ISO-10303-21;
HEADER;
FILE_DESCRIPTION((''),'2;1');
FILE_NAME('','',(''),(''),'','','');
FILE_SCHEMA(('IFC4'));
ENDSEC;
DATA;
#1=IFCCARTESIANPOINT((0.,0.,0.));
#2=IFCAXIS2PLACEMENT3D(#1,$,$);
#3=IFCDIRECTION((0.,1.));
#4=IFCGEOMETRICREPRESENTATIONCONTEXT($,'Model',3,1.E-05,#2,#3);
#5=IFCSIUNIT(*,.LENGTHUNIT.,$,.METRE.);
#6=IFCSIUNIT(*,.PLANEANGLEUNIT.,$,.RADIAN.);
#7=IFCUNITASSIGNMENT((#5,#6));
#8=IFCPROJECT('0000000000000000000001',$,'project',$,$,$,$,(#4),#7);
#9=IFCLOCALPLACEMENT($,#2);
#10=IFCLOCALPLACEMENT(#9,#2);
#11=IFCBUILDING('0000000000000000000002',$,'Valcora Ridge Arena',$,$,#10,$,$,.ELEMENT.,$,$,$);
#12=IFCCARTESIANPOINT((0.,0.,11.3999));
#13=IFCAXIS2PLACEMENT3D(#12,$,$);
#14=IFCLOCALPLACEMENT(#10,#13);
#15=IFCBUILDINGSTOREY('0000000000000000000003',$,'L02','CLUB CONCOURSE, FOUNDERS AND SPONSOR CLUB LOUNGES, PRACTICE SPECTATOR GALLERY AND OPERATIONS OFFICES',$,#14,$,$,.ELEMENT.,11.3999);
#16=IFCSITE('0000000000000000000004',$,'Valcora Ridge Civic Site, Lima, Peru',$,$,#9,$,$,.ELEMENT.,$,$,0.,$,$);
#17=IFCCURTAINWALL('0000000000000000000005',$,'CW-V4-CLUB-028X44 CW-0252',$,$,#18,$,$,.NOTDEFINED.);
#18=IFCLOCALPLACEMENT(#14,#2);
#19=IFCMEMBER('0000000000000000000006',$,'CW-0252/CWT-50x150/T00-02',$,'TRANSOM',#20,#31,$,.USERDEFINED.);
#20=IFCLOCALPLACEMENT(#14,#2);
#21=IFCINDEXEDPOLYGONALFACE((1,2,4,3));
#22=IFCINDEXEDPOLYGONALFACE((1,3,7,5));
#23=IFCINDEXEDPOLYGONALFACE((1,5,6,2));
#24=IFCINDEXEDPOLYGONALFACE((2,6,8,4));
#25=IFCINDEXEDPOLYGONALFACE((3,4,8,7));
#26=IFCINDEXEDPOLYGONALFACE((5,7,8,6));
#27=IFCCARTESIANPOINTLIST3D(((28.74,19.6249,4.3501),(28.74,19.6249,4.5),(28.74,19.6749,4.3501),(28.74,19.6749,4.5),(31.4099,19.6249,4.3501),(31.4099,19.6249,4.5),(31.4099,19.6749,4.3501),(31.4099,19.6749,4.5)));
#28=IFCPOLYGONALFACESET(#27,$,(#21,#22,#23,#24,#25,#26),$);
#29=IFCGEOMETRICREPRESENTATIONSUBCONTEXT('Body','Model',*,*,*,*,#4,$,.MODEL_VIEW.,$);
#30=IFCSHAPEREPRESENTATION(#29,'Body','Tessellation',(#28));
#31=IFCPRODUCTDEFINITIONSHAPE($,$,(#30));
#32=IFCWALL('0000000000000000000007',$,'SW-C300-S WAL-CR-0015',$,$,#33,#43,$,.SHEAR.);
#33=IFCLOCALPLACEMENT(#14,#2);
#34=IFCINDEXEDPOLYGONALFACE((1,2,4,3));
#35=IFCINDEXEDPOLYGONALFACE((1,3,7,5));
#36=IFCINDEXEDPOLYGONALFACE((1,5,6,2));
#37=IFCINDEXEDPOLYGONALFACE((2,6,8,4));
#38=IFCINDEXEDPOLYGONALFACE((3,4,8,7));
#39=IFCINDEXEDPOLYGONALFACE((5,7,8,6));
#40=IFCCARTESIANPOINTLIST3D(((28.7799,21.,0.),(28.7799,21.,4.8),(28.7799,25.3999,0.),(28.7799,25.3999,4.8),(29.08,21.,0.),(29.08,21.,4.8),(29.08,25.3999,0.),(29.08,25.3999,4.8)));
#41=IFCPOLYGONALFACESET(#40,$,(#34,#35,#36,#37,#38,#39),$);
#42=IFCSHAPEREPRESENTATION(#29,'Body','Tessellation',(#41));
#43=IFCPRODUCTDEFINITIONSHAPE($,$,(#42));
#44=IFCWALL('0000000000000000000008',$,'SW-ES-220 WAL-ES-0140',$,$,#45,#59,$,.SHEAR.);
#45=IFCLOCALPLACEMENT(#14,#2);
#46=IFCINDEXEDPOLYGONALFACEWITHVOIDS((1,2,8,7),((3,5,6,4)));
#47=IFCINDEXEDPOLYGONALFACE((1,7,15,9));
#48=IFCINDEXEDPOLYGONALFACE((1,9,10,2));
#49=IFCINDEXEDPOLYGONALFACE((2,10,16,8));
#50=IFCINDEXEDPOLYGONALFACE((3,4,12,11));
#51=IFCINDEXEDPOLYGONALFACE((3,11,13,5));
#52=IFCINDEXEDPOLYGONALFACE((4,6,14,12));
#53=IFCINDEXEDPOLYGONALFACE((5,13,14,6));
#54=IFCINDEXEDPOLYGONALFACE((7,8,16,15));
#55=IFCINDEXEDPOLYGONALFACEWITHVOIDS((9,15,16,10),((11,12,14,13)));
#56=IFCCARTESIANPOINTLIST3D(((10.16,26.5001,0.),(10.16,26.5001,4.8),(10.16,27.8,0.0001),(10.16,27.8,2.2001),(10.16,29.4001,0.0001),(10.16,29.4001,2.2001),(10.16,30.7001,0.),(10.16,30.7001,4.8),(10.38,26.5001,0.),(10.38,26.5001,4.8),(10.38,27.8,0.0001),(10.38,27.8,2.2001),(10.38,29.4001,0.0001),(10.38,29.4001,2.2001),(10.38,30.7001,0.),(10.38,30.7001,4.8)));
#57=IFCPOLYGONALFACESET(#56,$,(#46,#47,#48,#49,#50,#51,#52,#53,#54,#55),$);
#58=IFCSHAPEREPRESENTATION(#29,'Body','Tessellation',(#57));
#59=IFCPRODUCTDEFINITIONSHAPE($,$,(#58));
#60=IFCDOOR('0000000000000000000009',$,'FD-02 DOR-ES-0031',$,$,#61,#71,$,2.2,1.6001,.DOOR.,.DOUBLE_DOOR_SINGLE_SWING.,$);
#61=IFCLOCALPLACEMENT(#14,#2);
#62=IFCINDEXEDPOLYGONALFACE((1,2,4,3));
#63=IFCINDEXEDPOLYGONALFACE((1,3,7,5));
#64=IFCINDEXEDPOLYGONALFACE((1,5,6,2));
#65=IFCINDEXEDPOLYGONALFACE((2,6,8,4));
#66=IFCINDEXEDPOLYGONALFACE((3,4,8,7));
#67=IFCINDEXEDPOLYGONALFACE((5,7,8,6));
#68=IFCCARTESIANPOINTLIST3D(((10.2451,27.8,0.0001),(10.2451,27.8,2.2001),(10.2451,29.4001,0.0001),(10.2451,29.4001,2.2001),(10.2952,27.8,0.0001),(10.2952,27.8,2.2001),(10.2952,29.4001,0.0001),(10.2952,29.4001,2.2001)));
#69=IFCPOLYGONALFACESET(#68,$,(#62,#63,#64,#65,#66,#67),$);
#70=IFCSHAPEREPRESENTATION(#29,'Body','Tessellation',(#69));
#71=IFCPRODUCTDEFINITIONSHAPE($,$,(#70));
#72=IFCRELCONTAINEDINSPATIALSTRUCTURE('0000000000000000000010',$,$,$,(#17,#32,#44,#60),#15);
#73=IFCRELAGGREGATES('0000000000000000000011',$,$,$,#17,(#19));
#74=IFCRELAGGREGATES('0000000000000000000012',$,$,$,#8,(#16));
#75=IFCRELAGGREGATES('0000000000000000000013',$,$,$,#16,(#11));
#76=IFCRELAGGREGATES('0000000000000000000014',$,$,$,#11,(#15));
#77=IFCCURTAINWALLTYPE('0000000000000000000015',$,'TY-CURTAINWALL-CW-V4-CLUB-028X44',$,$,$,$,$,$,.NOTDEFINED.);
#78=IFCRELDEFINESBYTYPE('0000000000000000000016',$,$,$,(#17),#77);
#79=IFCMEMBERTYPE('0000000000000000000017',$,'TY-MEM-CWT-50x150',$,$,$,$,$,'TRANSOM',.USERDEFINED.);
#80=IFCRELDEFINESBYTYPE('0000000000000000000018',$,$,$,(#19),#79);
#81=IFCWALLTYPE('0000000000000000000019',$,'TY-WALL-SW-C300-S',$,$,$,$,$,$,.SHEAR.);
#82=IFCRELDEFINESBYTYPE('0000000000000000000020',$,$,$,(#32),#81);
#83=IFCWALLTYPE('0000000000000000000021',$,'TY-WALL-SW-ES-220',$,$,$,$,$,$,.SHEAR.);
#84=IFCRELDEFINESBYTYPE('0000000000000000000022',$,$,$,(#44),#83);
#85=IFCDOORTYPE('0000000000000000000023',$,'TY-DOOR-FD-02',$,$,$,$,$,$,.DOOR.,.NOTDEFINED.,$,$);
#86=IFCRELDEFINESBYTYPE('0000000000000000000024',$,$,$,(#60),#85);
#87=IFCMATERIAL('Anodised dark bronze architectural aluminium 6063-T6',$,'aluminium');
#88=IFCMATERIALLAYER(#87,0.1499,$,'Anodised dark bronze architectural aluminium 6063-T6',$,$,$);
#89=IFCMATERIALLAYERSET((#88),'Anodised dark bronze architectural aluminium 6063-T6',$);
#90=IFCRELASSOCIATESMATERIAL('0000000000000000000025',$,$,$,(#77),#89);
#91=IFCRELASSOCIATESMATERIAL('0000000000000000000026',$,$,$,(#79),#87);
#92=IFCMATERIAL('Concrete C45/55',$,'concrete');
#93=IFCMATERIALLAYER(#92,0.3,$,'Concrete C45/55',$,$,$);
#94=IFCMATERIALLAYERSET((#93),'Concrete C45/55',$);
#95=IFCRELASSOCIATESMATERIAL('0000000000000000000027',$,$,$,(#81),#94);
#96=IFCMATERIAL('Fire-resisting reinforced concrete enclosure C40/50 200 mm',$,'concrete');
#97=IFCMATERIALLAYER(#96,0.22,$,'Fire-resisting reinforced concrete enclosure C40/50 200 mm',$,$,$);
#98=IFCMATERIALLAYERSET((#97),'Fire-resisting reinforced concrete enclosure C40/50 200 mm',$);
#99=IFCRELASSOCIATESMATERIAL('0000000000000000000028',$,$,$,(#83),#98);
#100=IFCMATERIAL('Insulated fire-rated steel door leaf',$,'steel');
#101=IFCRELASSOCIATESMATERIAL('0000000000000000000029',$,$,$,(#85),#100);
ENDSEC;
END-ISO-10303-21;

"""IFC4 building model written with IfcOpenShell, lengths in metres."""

from ifc_helpers import new_model, si_unit, direction, frame, frame_2d, origin, origin_2d, place, context, subcontext, project, spatial, rectangle, extrude, material, layer, layer_set, material_profile, profile_set, type_object, element, fill, aggregate, save


model = new_model("IFC4")

# Units and contexts
model_context = context("Model", 3, precision=1e-05, world=origin(), true_north=direction((0.0, 1.0)))
body_context = subcontext(model_context, "Body", "Model", "MODEL_VIEW")
ifc_project = project(units=[si_unit("LENGTHUNIT", "METRE"), si_unit("PLANEANGLEUNIT", "RADIAN")], contexts=[model_context])

# Site, building, storey
site_placement = place(None, origin())
site = spatial("IfcSite", under=ifc_project, at=site_placement, Name="Valcora Ridge Civic Site, Lima, Peru", CompositionType="ELEMENT", RefElevation=0.0)
building_placement = place(site_placement, origin())
building = spatial("IfcBuilding", under=site, at=building_placement, Name="Valcora Ridge Arena", CompositionType="ELEMENT")
storey_placement = place(building_placement, frame((0.0, 0.0, 11.3999)))
storey = spatial("IfcBuildingStorey", under=building, at=storey_placement, Name="L02", Description="CLUB CONCOURSE, FOUNDERS AND SPONSOR CLUB LOUNGES, PRACTICE SPECTATOR GALLERY AND OPERATIONS OFFICES", CompositionType="ELEMENT", Elevation=11.3999)

# Curtain wall, member
ifc_material_1 = material(Name="Anodised dark bronze architectural aluminium 6063-T6", Category="aluminium")
ifc_layer_1 = layer(ifc_material_1, 0.1499, Name="Anodised dark bronze architectural aluminium 6063-T6")
ifc_layer_set_1 = layer_set([ifc_layer_1], Name="Anodised dark bronze architectural aluminium 6063-T6")
curtain_wall_type = type_object("IfcCurtainWallType", Name="TY-CURTAINWALL-CW-V4-CLUB-028X44", PredefinedType="NOTDEFINED", material=ifc_layer_set_1)
curtain_wall_placement = place(storey_placement, origin())
curtain_wall = element("IfcCurtainWall", 1, at=curtain_wall_placement, inside=storey, type_object=curtain_wall_type, Name="CW-V4-CLUB-028X44 CW-0252", PredefinedType="NOTDEFINED")
ifc_material_profile_1 = material_profile(ifc_material_1, rectangle(XDim=0.05, YDim=0.1499, at=origin_2d()), Name="ALU TRANSOM 50x150")
ifc_profile_set_1 = profile_set([ifc_material_profile_1], Name="Anodised dark bronze architectural aluminium 6063-T6")
member_type = type_object("IfcMemberType", Name="TY-MEM-CWT-50x150", ElementType="TRANSOM", PredefinedType="USERDEFINED", material=ifc_profile_set_1)
member_1_placement = place(storey_placement, frame((28.74, 19.6499, 4.425), z_axis=(1.0, 0.0, 0.0), x_axis=(0.0, 1.0, 0.0)))
member_1 = element("IfcMember", 2, at=member_1_placement, type_object=member_type, Name="CW-0252/CWT-50x150/T00-02", ObjectType="TRANSOM", PredefinedType="USERDEFINED", context=body_context, shape_type="SweptSolid", body=[
    extrude(rectangle(XDim=0.05, YDim=0.1499, at=origin_2d()), origin(), (0.0, 0.0, 1.0), 2.6699),
])
aggregate(curtain_wall, [member_1])

# Wall
ifc_material_2 = material(Name="Concrete C45/55", Category="concrete")
ifc_layer_2 = layer(ifc_material_2, 0.3, Name="Concrete C45/55")
ifc_layer_set_2 = layer_set([ifc_layer_2], Name="Concrete C45/55")
wall_type_1 = type_object("IfcWallType", Name="TY-WALL-SW-C300-S", PredefinedType="SHEAR", material=ifc_layer_set_2)
wall_1_placement = place(storey_placement, frame((28.9299, 21.0, 0.0), z_axis=(0.0, 0.0, 1.0), x_axis=(0.0, 1.0, 0.0)))
element("IfcWall", 3, at=wall_1_placement, inside=storey, type_object=wall_type_1, Name="SW-C300-S WAL-CR-0015", PredefinedType="SHEAR", context=body_context, shape_type="SweptSolid", body=[
    extrude(rectangle(XDim=4.3999, YDim=0.3, at=frame_2d((2.2, 0.0))), origin(), (0.0, 0.0, 1.0), 4.8),
])

# Wall, opening, door
ifc_material_3 = material(Name="Fire-resisting reinforced concrete enclosure C40/50 200 mm", Category="concrete")
ifc_layer_3 = layer(ifc_material_3, 0.22, Name="Fire-resisting reinforced concrete enclosure C40/50 200 mm")
ifc_layer_set_3 = layer_set([ifc_layer_3], Name="Fire-resisting reinforced concrete enclosure C40/50 200 mm")
wall_type_2 = type_object("IfcWallType", Name="TY-WALL-SW-ES-220", PredefinedType="SHEAR", material=ifc_layer_set_3)
wall_2_placement = place(storey_placement, frame((10.27, 26.5, 0.0), z_axis=(0.0, 0.0, 1.0), x_axis=(0.0, 1.0, 0.0)))
wall_2 = element("IfcWall", 4, at=wall_2_placement, inside=storey, type_object=wall_type_2, Name="SW-ES-220 WAL-ES-0140", PredefinedType="SHEAR", context=body_context, shape_type="SweptSolid", body=[
    extrude(rectangle(XDim=4.2, YDim=0.22, at=frame_2d((2.1001, 0.0))), origin(), (0.0, 0.0, 1.0), 4.8),
])
opening_placement = place(wall_2_placement, frame((1.3, 0.0, 0.0)))
opening = element("IfcOpeningElement", 5, at=opening_placement, cuts=wall_2, PredefinedType="OPENING", context=body_context, shape_type="SweptSolid", body=[
    extrude(rectangle(XDim=1.6001, YDim=2.2, at=frame_2d((0.8, 1.1001))), frame((0.0, 0.1199, 0.0), z_axis=(0.0, -1.0, 0.0), x_axis=(1.0, 0.0, 0.0)), (0.0, 0.0, 1.0), 0.24),
])
ifc_material_4 = material(Name="Insulated fire-rated steel door leaf", Category="steel")
door_type = type_object("IfcDoorType", Name="TY-DOOR-FD-02", OperationType="NOTDEFINED", PredefinedType="DOOR", material=ifc_material_4)
door_placement = place(opening_placement, origin())
door = element("IfcDoor", 6, at=door_placement, inside=storey, type_object=door_type, Name="FD-02 DOR-ES-0031", OperationType="DOUBLE_DOOR_SINGLE_SWING", OverallHeight=2.2, OverallWidth=1.6001, PredefinedType="DOOR", context=body_context, shape_type="SweptSolid", body=[
    extrude(rectangle(XDim=1.6001, YDim=2.2, at=frame_2d((0.8, 1.1001))), frame((0.0, 0.0249, 0.0), z_axis=(0.0, -1.0, 0.0), x_axis=(1.0, 0.0, 0.0)), (0.0, 0.0, 1.0), 0.05),
])
fill(opening, door)

save(model, "model.ifc")
